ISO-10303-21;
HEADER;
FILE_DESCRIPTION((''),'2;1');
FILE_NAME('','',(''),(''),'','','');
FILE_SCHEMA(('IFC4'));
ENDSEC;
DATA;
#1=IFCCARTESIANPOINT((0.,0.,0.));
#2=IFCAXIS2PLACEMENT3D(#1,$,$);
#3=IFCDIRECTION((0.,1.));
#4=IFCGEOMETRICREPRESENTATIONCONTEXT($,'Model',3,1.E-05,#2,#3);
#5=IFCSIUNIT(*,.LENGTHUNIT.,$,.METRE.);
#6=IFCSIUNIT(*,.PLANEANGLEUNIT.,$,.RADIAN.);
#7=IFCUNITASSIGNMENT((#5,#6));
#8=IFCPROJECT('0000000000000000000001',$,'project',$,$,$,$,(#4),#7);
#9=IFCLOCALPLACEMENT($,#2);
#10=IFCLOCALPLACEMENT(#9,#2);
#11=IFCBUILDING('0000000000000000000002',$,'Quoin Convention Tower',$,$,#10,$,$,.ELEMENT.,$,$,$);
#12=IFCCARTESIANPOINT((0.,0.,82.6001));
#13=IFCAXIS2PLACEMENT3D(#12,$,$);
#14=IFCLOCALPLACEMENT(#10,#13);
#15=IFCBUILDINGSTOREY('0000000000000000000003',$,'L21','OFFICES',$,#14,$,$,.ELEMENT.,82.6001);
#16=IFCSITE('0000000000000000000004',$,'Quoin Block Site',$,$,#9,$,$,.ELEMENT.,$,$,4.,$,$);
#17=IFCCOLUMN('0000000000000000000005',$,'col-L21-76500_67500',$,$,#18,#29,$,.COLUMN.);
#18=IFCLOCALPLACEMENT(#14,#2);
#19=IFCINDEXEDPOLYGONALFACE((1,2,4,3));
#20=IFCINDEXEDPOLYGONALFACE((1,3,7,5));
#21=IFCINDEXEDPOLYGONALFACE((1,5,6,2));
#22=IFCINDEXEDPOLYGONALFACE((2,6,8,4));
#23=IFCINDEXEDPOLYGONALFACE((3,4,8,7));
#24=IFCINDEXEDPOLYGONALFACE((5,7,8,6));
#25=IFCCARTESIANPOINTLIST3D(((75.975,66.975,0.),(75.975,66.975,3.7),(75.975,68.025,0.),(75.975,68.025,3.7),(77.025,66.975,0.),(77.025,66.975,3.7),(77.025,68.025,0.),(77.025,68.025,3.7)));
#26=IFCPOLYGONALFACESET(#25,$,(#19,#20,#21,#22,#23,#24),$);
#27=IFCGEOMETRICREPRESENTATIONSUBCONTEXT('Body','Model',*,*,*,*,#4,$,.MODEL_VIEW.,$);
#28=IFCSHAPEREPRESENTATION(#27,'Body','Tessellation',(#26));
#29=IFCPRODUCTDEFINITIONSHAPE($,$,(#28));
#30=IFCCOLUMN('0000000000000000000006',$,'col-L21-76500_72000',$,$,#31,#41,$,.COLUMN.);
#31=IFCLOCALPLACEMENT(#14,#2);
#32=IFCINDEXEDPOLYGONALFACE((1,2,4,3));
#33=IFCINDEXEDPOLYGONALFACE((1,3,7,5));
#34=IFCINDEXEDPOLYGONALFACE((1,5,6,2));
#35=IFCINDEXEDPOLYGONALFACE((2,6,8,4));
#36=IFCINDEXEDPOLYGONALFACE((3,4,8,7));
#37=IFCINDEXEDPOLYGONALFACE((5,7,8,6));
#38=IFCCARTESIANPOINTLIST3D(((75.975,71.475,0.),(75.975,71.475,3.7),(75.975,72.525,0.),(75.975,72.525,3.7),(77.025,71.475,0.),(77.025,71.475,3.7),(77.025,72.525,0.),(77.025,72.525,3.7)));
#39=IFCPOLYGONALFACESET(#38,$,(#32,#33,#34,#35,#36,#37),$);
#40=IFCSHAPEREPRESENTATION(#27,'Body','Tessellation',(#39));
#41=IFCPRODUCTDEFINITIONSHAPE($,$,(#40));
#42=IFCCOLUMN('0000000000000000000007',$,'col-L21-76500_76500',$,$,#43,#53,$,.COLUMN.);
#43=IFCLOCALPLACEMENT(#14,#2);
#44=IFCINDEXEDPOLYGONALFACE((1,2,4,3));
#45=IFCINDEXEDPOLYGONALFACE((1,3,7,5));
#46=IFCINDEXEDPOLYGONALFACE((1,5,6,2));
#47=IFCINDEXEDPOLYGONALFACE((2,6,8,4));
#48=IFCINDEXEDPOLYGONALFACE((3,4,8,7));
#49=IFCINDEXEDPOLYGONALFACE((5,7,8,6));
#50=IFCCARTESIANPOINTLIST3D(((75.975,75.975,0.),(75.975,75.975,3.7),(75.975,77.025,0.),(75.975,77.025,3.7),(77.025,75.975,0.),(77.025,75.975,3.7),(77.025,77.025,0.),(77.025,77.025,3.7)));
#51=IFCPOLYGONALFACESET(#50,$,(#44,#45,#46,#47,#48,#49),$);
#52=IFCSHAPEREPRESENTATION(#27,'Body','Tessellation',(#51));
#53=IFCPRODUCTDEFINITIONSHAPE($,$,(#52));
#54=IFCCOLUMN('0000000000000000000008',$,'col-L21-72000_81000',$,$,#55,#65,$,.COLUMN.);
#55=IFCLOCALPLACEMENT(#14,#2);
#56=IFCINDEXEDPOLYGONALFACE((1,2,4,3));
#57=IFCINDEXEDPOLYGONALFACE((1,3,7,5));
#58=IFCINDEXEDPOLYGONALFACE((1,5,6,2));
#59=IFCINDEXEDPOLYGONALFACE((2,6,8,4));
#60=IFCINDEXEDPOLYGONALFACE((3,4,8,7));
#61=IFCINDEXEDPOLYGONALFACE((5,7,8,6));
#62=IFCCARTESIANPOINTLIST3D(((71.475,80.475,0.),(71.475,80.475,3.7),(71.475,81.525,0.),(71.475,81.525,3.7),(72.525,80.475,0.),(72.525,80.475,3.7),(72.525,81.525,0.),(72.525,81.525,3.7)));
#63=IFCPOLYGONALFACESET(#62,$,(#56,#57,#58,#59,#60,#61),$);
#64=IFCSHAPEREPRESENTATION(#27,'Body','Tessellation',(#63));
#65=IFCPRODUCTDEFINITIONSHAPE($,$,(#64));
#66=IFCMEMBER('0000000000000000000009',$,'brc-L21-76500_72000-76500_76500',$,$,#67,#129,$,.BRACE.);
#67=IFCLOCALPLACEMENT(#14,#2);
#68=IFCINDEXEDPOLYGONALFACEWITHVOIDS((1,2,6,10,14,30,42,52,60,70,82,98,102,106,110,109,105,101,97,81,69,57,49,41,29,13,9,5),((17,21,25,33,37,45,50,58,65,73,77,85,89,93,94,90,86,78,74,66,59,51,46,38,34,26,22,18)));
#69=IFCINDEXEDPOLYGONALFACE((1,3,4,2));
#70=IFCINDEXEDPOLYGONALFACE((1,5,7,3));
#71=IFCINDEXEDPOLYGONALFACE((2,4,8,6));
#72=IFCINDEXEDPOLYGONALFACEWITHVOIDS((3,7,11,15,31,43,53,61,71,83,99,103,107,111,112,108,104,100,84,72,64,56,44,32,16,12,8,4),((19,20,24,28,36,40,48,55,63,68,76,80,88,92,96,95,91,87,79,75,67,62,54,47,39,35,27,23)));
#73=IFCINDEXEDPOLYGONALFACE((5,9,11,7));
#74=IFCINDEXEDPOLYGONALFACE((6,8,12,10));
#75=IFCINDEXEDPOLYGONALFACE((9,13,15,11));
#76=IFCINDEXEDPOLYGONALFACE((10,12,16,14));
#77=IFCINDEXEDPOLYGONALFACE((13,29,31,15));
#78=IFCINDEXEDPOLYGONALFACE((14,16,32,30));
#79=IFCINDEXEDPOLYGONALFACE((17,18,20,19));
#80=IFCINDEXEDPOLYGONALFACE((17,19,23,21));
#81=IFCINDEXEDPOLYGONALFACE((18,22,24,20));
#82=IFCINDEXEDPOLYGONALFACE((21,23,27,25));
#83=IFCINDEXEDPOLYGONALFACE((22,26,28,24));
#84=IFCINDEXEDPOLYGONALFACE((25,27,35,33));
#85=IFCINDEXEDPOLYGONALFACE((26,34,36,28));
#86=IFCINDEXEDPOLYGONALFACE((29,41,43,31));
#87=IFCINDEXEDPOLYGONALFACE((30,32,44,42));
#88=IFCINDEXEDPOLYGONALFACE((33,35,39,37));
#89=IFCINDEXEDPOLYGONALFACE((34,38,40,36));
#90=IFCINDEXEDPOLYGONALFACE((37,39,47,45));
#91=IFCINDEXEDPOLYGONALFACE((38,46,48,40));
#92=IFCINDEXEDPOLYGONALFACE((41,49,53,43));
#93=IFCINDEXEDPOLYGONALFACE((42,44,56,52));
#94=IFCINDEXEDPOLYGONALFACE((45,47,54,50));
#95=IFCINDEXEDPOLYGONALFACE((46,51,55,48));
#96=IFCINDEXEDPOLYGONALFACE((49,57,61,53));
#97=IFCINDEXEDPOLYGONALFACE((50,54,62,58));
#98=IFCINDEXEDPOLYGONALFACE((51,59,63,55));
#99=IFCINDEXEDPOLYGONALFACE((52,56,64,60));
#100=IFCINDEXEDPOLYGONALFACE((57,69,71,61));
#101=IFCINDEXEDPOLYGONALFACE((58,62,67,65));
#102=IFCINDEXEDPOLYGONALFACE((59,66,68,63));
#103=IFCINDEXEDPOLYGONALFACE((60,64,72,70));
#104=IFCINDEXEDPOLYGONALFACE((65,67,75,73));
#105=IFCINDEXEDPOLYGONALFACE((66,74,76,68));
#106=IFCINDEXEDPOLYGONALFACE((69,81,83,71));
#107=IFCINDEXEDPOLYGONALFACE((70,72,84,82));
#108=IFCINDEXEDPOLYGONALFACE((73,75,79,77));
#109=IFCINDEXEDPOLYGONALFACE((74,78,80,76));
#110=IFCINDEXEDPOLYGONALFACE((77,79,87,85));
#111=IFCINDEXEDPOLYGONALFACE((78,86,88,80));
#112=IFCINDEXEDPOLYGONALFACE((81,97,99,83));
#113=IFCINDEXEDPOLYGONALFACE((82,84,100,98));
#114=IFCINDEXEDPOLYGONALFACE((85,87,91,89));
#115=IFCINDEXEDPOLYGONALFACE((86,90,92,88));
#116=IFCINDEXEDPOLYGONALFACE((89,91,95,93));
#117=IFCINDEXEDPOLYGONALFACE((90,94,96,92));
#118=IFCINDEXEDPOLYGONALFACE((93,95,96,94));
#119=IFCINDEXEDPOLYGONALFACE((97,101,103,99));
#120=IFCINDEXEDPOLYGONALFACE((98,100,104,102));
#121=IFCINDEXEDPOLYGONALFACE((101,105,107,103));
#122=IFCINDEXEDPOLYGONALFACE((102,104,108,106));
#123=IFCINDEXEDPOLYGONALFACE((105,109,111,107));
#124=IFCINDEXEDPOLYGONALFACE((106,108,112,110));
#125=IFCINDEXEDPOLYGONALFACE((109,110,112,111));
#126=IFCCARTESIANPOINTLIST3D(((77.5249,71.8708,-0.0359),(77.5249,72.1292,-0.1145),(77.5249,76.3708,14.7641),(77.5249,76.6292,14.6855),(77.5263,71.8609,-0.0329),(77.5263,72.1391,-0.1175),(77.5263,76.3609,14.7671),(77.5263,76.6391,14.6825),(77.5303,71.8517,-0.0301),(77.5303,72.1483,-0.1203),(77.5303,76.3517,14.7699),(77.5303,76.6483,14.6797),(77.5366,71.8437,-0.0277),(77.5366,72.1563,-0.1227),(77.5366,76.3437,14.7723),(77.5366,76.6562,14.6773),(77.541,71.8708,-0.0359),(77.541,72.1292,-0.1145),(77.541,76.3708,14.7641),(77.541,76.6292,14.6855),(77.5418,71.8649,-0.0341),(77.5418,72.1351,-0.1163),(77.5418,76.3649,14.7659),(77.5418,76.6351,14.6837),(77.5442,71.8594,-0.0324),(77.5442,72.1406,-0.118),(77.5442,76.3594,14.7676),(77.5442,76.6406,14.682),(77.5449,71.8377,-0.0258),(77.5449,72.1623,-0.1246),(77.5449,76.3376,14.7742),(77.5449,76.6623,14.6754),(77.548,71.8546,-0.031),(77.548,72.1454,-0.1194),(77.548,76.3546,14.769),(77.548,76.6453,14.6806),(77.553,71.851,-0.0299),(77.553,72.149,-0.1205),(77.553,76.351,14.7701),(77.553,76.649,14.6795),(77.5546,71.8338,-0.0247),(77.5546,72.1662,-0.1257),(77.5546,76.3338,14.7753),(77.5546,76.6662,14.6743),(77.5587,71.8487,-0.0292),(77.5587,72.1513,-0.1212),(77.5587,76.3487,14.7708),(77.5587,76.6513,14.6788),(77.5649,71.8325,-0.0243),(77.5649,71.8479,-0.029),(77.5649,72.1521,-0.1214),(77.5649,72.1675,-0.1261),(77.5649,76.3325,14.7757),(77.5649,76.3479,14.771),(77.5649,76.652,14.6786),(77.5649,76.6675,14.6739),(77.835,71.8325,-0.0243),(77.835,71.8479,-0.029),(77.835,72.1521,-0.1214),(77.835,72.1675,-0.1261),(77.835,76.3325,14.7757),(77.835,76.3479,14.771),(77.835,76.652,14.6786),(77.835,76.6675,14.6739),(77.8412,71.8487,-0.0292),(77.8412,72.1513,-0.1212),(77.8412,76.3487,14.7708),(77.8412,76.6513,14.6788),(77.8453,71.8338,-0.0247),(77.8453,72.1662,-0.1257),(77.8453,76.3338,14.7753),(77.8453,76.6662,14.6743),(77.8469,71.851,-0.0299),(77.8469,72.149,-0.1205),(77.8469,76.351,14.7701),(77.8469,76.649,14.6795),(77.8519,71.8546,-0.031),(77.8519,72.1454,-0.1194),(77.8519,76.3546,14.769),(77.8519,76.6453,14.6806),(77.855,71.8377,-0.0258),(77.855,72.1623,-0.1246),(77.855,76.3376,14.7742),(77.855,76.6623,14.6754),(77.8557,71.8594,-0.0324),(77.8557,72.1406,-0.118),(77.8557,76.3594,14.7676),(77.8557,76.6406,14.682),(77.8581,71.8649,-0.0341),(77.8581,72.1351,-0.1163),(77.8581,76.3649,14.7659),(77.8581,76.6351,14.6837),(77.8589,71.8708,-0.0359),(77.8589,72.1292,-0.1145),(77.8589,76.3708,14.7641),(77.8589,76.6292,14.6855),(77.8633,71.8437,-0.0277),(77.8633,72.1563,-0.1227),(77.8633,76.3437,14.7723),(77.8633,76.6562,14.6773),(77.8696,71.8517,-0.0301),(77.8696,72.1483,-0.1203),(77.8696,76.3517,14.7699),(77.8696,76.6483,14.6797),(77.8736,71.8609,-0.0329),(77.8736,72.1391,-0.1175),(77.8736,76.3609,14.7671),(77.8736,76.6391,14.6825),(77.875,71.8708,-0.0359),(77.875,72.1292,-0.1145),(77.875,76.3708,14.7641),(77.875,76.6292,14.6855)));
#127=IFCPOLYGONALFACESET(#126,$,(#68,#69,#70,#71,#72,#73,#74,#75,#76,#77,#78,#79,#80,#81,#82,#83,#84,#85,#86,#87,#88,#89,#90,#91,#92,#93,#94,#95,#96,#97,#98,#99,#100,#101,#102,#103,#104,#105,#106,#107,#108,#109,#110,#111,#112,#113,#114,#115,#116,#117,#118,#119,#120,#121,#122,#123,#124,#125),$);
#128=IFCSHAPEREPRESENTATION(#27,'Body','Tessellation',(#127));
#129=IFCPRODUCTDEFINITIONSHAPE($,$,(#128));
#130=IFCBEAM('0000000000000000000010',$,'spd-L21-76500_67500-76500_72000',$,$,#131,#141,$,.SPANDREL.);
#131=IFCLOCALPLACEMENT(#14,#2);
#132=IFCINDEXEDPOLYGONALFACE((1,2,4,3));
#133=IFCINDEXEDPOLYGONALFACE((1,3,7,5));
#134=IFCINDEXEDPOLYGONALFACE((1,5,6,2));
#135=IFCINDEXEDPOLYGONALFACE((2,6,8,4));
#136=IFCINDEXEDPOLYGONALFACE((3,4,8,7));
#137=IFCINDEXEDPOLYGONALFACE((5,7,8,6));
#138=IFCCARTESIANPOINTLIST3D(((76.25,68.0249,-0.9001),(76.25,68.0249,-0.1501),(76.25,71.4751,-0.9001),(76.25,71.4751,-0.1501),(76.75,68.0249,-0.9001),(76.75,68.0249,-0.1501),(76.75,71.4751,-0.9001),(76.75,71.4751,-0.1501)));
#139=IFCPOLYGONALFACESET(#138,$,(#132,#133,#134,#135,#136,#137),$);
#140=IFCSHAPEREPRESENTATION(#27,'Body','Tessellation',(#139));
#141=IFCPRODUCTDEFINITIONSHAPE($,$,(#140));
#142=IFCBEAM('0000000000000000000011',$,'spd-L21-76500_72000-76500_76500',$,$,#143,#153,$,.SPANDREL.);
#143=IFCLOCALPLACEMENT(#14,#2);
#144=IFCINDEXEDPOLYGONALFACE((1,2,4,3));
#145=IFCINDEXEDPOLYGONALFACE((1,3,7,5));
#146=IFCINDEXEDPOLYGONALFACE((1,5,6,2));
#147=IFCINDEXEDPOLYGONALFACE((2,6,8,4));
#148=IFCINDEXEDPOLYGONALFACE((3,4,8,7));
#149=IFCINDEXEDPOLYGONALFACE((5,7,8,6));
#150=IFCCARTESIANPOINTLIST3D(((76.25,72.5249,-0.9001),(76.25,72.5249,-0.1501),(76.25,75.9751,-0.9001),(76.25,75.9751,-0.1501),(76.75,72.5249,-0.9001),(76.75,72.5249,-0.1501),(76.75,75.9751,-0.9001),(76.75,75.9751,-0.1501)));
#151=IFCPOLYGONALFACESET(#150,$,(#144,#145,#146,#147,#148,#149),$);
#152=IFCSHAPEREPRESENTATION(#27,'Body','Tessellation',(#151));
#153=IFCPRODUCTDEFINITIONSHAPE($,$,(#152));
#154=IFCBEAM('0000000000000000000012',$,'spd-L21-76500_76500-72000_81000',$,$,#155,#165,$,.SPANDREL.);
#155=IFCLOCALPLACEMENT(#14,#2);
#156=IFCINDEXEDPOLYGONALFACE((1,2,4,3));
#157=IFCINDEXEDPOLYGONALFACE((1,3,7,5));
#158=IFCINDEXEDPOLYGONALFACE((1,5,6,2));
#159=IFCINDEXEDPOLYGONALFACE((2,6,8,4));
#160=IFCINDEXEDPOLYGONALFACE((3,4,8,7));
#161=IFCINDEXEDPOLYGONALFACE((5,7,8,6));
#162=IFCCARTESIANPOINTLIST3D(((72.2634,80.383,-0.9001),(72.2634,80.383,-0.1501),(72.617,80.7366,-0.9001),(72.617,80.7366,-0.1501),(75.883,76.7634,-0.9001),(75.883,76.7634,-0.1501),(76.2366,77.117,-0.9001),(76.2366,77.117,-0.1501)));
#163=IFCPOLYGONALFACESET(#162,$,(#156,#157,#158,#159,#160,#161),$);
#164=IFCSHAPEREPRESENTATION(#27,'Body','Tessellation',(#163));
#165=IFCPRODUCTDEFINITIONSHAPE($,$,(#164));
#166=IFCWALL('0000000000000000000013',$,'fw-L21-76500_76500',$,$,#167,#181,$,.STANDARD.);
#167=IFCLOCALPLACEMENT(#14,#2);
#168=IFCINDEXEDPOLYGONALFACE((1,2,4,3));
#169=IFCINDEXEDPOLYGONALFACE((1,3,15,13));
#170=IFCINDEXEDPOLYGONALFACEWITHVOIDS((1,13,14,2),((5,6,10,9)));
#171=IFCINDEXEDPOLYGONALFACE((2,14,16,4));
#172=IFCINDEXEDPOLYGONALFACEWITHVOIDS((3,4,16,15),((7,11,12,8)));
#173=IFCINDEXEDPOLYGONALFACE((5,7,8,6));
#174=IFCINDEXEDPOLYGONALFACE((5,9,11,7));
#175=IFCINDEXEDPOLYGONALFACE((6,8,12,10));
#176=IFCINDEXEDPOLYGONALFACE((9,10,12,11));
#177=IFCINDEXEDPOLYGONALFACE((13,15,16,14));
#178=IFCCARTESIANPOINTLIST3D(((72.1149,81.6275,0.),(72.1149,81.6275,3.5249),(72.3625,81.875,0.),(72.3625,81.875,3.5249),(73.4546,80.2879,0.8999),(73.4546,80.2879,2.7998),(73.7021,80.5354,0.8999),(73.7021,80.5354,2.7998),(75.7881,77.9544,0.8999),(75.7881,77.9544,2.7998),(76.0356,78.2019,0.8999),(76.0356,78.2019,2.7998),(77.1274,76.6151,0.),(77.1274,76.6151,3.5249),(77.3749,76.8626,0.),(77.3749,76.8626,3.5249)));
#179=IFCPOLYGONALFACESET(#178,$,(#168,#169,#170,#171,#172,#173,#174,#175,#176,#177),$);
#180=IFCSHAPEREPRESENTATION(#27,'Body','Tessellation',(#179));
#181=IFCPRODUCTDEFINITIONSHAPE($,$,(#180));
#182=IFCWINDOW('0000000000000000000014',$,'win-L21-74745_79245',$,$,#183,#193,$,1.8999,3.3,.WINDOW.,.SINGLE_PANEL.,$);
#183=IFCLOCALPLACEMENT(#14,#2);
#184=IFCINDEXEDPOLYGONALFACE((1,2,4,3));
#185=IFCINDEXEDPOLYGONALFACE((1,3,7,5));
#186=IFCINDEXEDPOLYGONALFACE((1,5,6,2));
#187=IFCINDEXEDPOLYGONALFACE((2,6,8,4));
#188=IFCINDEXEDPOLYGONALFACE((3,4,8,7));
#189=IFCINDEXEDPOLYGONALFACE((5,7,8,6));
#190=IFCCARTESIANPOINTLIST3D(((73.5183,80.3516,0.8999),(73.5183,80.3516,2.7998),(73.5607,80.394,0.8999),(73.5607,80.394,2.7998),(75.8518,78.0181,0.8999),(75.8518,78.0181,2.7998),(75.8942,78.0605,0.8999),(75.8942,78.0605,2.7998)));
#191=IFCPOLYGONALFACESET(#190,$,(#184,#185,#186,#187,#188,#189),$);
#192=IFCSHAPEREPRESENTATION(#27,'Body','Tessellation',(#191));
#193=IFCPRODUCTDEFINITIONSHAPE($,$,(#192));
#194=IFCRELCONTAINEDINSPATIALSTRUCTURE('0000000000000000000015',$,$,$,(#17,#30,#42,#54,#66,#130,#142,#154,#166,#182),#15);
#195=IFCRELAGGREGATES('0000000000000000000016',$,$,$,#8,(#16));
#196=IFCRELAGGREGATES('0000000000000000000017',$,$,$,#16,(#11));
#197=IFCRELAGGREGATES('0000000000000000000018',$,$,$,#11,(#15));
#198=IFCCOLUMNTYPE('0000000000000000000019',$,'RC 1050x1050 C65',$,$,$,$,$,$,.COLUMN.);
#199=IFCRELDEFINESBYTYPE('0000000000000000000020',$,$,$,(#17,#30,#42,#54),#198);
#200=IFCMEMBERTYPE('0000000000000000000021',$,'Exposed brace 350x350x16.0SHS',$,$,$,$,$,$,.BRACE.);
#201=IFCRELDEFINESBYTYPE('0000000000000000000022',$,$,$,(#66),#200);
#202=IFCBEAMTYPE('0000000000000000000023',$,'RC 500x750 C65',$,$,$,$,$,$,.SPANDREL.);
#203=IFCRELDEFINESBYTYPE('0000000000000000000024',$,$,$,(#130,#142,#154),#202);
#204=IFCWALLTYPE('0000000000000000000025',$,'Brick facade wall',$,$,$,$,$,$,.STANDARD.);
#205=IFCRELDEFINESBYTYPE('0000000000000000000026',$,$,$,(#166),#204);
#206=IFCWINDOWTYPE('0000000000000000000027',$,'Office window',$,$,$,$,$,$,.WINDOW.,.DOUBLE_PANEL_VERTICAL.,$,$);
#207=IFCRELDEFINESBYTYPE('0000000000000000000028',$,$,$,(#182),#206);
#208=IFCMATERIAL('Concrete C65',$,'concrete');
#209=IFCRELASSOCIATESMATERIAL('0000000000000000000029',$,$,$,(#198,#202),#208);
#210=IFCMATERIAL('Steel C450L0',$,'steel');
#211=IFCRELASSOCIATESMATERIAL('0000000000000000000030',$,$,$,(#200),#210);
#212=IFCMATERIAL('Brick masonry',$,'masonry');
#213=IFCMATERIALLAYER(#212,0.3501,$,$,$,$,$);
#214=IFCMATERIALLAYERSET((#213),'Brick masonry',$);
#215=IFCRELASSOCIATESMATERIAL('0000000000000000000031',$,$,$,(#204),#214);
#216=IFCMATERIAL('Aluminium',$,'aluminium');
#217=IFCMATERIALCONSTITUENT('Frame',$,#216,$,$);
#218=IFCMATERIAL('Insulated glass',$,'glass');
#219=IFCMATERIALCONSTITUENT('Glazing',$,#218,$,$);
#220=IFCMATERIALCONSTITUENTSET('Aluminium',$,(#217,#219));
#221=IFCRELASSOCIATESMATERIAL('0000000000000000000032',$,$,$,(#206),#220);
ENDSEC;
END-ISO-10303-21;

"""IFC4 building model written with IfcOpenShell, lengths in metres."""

from ifc_helpers import new_model, si_unit, direction, frame, frame_2d, origin, origin_2d, place, context, subcontext, project, spatial, rectangle, hollow_rectangle, extrude, material, layer, layer_set, constituent, constituent_set, material_profile, profile_set, type_object, element, fill, save


model = new_model("IFC4")

# Units and contexts
model_context = context("Model", 3, precision=1e-05, world=origin(), true_north=direction((0.0, 1.0)))
body_context = subcontext(model_context, "Body", "Model", "MODEL_VIEW")
ifc_project = project(units=[si_unit("LENGTHUNIT", "METRE"), si_unit("PLANEANGLEUNIT", "RADIAN")], contexts=[model_context])

# Site, building, storey
site_placement = place(None, origin())
site = spatial("IfcSite", under=ifc_project, at=site_placement, Name="Quoin Block Site", CompositionType="ELEMENT", RefElevation=4.0)
building_placement = place(site_placement, origin())
building = spatial("IfcBuilding", under=site, at=building_placement, Name="Quoin Convention Tower", CompositionType="ELEMENT")
storey_placement = place(building_placement, frame((0.0, 0.0, 82.6001)))
storey = spatial("IfcBuildingStorey", under=building, at=storey_placement, Name="L21", Description="OFFICES", CompositionType="ELEMENT", Elevation=82.6001)

# Columns
ifc_material_1 = material(Name="Concrete C65", Category="concrete")
ifc_material_profile_1 = material_profile(ifc_material_1, rectangle(XDim=1.05, YDim=1.05, at=origin_2d()), Name="RC 1050x1050")
ifc_profile_set_1 = profile_set([ifc_material_profile_1], Name="Concrete C65")
column_type = type_object("IfcColumnType", Name="RC 1050x1050 C65", PredefinedType="COLUMN", material=ifc_profile_set_1)
for number, where, z_axis, x_axis, name in (
    (1, (76.5, 67.5, 0.0), (0.0, 0.0, 1.0), (1.0, 0.0, 0.0), "col-L21-76500_67500"),
    (2, (76.5, 72.0, 0.0), (0.0, 0.0, 1.0), (1.0, 0.0, 0.0), "col-L21-76500_72000"),
    (3, (76.5, 76.5, 0.0), (0.0, 0.0, 1.0), (1.0, 0.0, 0.0), "col-L21-76500_76500"),
    (4, (72.0, 81.0, 0.0), (0.0, 0.0, 1.0), (1.0, 0.0, 0.0), "col-L21-72000_81000"),
):
    element("IfcColumn", number, at=place(storey_placement, frame(where, z_axis=z_axis, x_axis=x_axis)), inside=storey, type_object=column_type, Name=name, PredefinedType="COLUMN", context=body_context, shape_type="SweptSolid", body=[
        extrude(rectangle(XDim=1.05, YDim=1.05, at=origin_2d()), origin(), (0.0, 0.0, 1.0), 3.7),
    ])

# Member
ifc_material_2 = material(Name="Steel C450L0", Category="steel")
ifc_material_profile_2 = material_profile(ifc_material_2, hollow_rectangle(XDim=0.3501, YDim=0.3501, WallThickness=0.0161, InnerFilletRadius=0.0239, OuterFilletRadius=0.04, at=origin_2d()), Name="350x350x16.0SHS")
ifc_profile_set_2 = profile_set([ifc_material_profile_2], Name="Steel C450L0")
member_type = type_object("IfcMemberType", Name="Exposed brace 350x350x16.0SHS", PredefinedType="BRACE", material=ifc_profile_set_2)
member_placement = place(storey_placement, frame((77.7, 72.0, -0.0752), z_axis=(0.0, 0.290903, 0.956752), x_axis=(-1.0, 0.0, 0.0)))
element("IfcMember", 5, at=member_placement, inside=storey, type_object=member_type, Name="brc-L21-76500_72000-76500_76500", PredefinedType="BRACE", context=body_context, shape_type="SweptSolid", body=[
    extrude(hollow_rectangle(XDim=0.3501, YDim=0.3501, WallThickness=0.0161, InnerFilletRadius=0.0239, OuterFilletRadius=0.04, at=origin_2d()), origin(), (0.0, 0.0, 1.0), 15.469),
])

# Beams
ifc_material_profile_3 = material_profile(ifc_material_1, rectangle(XDim=0.5, YDim=0.75, at=origin_2d()), Name="RC 500x750")
ifc_profile_set_3 = profile_set([ifc_material_profile_3], Name="Concrete C65")
beam_type = type_object("IfcBeamType", Name="RC 500x750 C65", PredefinedType="SPANDREL", material=ifc_profile_set_3)
for number, where, z_axis, x_axis, name in (
    (6, (76.5, 68.0249, -0.5251), (0.0, 1.0, 0.0), (-1.0, 0.0, 0.0), "spd-L21-76500_67500-76500_72000"),
    (7, (76.5, 72.5249, -0.5251), (0.0, 1.0, 0.0), (-1.0, 0.0, 0.0), "spd-L21-76500_72000-76500_76500"),
):
    element("IfcBeam", number, at=place(storey_placement, frame(where, z_axis=z_axis, x_axis=x_axis)), inside=storey, type_object=beam_type, Name=name, PredefinedType="SPANDREL", context=body_context, shape_type="SweptSolid", body=[
        extrude(rectangle(XDim=0.5, YDim=0.75, at=origin_2d()), origin(), (0.0, 0.0, 1.0), 3.4502),
    ])
beam_placement = place(storey_placement, frame((76.0598, 76.9402, -0.5251), z_axis=(-0.707107, 0.707107, 0.0), x_axis=(-0.707107, -0.707107, 0.0)))
element("IfcBeam", 8, at=beam_placement, inside=storey, type_object=beam_type, Name="spd-L21-76500_76500-72000_81000", PredefinedType="SPANDREL", context=body_context, shape_type="SweptSolid", body=[
    extrude(rectangle(XDim=0.5, YDim=0.75, at=origin_2d()), origin(), (0.0, 0.0, 1.0), 5.1189),
])

# Wall, opening, window
ifc_material_3 = material(Name="Brick masonry", Category="masonry")
ifc_layer_1 = layer(ifc_material_3, 0.3501)
ifc_layer_set_1 = layer_set([ifc_layer_1], Name="Brick masonry")
wall_type_1 = type_object("IfcWallType", Name="Brick facade wall", PredefinedType="STANDARD", material=ifc_layer_set_1)
wall_1_placement = place(storey_placement, frame((77.2512, 76.7388, 0.0), z_axis=(0.0, 0.0, 1.0), x_axis=(-0.707107, 0.707107, 0.0)))
wall_1 = element("IfcWall", 9, at=wall_1_placement, inside=storey, type_object=wall_type_1, Name="fw-L21-76500_76500", PredefinedType="STANDARD", context=body_context, shape_type="SweptSolid", body=[
    extrude(rectangle(XDim=7.0886, YDim=0.3501, at=frame_2d((3.5444, 0.0))), origin(), (0.0, 0.0, 1.0), 3.5249),
])
opening_1_placement = place(wall_1_placement, frame((1.8943, 0.0, 0.8999)))
opening_1 = element("IfcOpeningElement", 10, at=opening_1_placement, cuts=wall_1, PredefinedType="OPENING", context=body_context, shape_type="SweptSolid", body=[
    extrude(rectangle(XDim=3.3, YDim=1.8999, at=frame_2d((1.6499, 0.95))), frame((0.0, 0.1851, 0.0), z_axis=(0.0, -1.0, 0.0), x_axis=(1.0, 0.0, 0.0)), (0.0, 0.0, 1.0), 0.3701),
])
ifc_material_4 = material(Name="Aluminium", Category="aluminium")
ifc_constituent_1 = constituent(ifc_material_4, Name="Frame")
ifc_material_5 = material(Name="Insulated glass", Category="glass")
ifc_constituent_2 = constituent(ifc_material_5, Name="Glazing")
ifc_constituent_set = constituent_set(constituents=[ifc_constituent_1, ifc_constituent_2], Name="Aluminium")
window_type = type_object("IfcWindowType", Name="Office window", PartitioningType="DOUBLE_PANEL_VERTICAL", PredefinedType="WINDOW", material=ifc_constituent_set)
window_1_placement = place(opening_1_placement, origin())
window_1 = element("IfcWindow", 11, at=window_1_placement, inside=storey, type_object=window_type, Name="win-L21-74745_79245", OverallHeight=1.8999, OverallWidth=3.3, PartitioningType="SINGLE_PANEL", PredefinedType="WINDOW", context=body_context, shape_type="SweptSolid", body=[
    extrude(rectangle(XDim=3.3, YDim=1.8999, at=frame_2d((1.6499, 0.95))), frame((0.0, 0.085, 0.0), z_axis=(0.0, -1.0, 0.0), x_axis=(1.0, 0.0, 0.0)), (0.0, 0.0, 1.0), 0.0601),
])
fill(opening_1, window_1)

save(model, "model.ifc")
